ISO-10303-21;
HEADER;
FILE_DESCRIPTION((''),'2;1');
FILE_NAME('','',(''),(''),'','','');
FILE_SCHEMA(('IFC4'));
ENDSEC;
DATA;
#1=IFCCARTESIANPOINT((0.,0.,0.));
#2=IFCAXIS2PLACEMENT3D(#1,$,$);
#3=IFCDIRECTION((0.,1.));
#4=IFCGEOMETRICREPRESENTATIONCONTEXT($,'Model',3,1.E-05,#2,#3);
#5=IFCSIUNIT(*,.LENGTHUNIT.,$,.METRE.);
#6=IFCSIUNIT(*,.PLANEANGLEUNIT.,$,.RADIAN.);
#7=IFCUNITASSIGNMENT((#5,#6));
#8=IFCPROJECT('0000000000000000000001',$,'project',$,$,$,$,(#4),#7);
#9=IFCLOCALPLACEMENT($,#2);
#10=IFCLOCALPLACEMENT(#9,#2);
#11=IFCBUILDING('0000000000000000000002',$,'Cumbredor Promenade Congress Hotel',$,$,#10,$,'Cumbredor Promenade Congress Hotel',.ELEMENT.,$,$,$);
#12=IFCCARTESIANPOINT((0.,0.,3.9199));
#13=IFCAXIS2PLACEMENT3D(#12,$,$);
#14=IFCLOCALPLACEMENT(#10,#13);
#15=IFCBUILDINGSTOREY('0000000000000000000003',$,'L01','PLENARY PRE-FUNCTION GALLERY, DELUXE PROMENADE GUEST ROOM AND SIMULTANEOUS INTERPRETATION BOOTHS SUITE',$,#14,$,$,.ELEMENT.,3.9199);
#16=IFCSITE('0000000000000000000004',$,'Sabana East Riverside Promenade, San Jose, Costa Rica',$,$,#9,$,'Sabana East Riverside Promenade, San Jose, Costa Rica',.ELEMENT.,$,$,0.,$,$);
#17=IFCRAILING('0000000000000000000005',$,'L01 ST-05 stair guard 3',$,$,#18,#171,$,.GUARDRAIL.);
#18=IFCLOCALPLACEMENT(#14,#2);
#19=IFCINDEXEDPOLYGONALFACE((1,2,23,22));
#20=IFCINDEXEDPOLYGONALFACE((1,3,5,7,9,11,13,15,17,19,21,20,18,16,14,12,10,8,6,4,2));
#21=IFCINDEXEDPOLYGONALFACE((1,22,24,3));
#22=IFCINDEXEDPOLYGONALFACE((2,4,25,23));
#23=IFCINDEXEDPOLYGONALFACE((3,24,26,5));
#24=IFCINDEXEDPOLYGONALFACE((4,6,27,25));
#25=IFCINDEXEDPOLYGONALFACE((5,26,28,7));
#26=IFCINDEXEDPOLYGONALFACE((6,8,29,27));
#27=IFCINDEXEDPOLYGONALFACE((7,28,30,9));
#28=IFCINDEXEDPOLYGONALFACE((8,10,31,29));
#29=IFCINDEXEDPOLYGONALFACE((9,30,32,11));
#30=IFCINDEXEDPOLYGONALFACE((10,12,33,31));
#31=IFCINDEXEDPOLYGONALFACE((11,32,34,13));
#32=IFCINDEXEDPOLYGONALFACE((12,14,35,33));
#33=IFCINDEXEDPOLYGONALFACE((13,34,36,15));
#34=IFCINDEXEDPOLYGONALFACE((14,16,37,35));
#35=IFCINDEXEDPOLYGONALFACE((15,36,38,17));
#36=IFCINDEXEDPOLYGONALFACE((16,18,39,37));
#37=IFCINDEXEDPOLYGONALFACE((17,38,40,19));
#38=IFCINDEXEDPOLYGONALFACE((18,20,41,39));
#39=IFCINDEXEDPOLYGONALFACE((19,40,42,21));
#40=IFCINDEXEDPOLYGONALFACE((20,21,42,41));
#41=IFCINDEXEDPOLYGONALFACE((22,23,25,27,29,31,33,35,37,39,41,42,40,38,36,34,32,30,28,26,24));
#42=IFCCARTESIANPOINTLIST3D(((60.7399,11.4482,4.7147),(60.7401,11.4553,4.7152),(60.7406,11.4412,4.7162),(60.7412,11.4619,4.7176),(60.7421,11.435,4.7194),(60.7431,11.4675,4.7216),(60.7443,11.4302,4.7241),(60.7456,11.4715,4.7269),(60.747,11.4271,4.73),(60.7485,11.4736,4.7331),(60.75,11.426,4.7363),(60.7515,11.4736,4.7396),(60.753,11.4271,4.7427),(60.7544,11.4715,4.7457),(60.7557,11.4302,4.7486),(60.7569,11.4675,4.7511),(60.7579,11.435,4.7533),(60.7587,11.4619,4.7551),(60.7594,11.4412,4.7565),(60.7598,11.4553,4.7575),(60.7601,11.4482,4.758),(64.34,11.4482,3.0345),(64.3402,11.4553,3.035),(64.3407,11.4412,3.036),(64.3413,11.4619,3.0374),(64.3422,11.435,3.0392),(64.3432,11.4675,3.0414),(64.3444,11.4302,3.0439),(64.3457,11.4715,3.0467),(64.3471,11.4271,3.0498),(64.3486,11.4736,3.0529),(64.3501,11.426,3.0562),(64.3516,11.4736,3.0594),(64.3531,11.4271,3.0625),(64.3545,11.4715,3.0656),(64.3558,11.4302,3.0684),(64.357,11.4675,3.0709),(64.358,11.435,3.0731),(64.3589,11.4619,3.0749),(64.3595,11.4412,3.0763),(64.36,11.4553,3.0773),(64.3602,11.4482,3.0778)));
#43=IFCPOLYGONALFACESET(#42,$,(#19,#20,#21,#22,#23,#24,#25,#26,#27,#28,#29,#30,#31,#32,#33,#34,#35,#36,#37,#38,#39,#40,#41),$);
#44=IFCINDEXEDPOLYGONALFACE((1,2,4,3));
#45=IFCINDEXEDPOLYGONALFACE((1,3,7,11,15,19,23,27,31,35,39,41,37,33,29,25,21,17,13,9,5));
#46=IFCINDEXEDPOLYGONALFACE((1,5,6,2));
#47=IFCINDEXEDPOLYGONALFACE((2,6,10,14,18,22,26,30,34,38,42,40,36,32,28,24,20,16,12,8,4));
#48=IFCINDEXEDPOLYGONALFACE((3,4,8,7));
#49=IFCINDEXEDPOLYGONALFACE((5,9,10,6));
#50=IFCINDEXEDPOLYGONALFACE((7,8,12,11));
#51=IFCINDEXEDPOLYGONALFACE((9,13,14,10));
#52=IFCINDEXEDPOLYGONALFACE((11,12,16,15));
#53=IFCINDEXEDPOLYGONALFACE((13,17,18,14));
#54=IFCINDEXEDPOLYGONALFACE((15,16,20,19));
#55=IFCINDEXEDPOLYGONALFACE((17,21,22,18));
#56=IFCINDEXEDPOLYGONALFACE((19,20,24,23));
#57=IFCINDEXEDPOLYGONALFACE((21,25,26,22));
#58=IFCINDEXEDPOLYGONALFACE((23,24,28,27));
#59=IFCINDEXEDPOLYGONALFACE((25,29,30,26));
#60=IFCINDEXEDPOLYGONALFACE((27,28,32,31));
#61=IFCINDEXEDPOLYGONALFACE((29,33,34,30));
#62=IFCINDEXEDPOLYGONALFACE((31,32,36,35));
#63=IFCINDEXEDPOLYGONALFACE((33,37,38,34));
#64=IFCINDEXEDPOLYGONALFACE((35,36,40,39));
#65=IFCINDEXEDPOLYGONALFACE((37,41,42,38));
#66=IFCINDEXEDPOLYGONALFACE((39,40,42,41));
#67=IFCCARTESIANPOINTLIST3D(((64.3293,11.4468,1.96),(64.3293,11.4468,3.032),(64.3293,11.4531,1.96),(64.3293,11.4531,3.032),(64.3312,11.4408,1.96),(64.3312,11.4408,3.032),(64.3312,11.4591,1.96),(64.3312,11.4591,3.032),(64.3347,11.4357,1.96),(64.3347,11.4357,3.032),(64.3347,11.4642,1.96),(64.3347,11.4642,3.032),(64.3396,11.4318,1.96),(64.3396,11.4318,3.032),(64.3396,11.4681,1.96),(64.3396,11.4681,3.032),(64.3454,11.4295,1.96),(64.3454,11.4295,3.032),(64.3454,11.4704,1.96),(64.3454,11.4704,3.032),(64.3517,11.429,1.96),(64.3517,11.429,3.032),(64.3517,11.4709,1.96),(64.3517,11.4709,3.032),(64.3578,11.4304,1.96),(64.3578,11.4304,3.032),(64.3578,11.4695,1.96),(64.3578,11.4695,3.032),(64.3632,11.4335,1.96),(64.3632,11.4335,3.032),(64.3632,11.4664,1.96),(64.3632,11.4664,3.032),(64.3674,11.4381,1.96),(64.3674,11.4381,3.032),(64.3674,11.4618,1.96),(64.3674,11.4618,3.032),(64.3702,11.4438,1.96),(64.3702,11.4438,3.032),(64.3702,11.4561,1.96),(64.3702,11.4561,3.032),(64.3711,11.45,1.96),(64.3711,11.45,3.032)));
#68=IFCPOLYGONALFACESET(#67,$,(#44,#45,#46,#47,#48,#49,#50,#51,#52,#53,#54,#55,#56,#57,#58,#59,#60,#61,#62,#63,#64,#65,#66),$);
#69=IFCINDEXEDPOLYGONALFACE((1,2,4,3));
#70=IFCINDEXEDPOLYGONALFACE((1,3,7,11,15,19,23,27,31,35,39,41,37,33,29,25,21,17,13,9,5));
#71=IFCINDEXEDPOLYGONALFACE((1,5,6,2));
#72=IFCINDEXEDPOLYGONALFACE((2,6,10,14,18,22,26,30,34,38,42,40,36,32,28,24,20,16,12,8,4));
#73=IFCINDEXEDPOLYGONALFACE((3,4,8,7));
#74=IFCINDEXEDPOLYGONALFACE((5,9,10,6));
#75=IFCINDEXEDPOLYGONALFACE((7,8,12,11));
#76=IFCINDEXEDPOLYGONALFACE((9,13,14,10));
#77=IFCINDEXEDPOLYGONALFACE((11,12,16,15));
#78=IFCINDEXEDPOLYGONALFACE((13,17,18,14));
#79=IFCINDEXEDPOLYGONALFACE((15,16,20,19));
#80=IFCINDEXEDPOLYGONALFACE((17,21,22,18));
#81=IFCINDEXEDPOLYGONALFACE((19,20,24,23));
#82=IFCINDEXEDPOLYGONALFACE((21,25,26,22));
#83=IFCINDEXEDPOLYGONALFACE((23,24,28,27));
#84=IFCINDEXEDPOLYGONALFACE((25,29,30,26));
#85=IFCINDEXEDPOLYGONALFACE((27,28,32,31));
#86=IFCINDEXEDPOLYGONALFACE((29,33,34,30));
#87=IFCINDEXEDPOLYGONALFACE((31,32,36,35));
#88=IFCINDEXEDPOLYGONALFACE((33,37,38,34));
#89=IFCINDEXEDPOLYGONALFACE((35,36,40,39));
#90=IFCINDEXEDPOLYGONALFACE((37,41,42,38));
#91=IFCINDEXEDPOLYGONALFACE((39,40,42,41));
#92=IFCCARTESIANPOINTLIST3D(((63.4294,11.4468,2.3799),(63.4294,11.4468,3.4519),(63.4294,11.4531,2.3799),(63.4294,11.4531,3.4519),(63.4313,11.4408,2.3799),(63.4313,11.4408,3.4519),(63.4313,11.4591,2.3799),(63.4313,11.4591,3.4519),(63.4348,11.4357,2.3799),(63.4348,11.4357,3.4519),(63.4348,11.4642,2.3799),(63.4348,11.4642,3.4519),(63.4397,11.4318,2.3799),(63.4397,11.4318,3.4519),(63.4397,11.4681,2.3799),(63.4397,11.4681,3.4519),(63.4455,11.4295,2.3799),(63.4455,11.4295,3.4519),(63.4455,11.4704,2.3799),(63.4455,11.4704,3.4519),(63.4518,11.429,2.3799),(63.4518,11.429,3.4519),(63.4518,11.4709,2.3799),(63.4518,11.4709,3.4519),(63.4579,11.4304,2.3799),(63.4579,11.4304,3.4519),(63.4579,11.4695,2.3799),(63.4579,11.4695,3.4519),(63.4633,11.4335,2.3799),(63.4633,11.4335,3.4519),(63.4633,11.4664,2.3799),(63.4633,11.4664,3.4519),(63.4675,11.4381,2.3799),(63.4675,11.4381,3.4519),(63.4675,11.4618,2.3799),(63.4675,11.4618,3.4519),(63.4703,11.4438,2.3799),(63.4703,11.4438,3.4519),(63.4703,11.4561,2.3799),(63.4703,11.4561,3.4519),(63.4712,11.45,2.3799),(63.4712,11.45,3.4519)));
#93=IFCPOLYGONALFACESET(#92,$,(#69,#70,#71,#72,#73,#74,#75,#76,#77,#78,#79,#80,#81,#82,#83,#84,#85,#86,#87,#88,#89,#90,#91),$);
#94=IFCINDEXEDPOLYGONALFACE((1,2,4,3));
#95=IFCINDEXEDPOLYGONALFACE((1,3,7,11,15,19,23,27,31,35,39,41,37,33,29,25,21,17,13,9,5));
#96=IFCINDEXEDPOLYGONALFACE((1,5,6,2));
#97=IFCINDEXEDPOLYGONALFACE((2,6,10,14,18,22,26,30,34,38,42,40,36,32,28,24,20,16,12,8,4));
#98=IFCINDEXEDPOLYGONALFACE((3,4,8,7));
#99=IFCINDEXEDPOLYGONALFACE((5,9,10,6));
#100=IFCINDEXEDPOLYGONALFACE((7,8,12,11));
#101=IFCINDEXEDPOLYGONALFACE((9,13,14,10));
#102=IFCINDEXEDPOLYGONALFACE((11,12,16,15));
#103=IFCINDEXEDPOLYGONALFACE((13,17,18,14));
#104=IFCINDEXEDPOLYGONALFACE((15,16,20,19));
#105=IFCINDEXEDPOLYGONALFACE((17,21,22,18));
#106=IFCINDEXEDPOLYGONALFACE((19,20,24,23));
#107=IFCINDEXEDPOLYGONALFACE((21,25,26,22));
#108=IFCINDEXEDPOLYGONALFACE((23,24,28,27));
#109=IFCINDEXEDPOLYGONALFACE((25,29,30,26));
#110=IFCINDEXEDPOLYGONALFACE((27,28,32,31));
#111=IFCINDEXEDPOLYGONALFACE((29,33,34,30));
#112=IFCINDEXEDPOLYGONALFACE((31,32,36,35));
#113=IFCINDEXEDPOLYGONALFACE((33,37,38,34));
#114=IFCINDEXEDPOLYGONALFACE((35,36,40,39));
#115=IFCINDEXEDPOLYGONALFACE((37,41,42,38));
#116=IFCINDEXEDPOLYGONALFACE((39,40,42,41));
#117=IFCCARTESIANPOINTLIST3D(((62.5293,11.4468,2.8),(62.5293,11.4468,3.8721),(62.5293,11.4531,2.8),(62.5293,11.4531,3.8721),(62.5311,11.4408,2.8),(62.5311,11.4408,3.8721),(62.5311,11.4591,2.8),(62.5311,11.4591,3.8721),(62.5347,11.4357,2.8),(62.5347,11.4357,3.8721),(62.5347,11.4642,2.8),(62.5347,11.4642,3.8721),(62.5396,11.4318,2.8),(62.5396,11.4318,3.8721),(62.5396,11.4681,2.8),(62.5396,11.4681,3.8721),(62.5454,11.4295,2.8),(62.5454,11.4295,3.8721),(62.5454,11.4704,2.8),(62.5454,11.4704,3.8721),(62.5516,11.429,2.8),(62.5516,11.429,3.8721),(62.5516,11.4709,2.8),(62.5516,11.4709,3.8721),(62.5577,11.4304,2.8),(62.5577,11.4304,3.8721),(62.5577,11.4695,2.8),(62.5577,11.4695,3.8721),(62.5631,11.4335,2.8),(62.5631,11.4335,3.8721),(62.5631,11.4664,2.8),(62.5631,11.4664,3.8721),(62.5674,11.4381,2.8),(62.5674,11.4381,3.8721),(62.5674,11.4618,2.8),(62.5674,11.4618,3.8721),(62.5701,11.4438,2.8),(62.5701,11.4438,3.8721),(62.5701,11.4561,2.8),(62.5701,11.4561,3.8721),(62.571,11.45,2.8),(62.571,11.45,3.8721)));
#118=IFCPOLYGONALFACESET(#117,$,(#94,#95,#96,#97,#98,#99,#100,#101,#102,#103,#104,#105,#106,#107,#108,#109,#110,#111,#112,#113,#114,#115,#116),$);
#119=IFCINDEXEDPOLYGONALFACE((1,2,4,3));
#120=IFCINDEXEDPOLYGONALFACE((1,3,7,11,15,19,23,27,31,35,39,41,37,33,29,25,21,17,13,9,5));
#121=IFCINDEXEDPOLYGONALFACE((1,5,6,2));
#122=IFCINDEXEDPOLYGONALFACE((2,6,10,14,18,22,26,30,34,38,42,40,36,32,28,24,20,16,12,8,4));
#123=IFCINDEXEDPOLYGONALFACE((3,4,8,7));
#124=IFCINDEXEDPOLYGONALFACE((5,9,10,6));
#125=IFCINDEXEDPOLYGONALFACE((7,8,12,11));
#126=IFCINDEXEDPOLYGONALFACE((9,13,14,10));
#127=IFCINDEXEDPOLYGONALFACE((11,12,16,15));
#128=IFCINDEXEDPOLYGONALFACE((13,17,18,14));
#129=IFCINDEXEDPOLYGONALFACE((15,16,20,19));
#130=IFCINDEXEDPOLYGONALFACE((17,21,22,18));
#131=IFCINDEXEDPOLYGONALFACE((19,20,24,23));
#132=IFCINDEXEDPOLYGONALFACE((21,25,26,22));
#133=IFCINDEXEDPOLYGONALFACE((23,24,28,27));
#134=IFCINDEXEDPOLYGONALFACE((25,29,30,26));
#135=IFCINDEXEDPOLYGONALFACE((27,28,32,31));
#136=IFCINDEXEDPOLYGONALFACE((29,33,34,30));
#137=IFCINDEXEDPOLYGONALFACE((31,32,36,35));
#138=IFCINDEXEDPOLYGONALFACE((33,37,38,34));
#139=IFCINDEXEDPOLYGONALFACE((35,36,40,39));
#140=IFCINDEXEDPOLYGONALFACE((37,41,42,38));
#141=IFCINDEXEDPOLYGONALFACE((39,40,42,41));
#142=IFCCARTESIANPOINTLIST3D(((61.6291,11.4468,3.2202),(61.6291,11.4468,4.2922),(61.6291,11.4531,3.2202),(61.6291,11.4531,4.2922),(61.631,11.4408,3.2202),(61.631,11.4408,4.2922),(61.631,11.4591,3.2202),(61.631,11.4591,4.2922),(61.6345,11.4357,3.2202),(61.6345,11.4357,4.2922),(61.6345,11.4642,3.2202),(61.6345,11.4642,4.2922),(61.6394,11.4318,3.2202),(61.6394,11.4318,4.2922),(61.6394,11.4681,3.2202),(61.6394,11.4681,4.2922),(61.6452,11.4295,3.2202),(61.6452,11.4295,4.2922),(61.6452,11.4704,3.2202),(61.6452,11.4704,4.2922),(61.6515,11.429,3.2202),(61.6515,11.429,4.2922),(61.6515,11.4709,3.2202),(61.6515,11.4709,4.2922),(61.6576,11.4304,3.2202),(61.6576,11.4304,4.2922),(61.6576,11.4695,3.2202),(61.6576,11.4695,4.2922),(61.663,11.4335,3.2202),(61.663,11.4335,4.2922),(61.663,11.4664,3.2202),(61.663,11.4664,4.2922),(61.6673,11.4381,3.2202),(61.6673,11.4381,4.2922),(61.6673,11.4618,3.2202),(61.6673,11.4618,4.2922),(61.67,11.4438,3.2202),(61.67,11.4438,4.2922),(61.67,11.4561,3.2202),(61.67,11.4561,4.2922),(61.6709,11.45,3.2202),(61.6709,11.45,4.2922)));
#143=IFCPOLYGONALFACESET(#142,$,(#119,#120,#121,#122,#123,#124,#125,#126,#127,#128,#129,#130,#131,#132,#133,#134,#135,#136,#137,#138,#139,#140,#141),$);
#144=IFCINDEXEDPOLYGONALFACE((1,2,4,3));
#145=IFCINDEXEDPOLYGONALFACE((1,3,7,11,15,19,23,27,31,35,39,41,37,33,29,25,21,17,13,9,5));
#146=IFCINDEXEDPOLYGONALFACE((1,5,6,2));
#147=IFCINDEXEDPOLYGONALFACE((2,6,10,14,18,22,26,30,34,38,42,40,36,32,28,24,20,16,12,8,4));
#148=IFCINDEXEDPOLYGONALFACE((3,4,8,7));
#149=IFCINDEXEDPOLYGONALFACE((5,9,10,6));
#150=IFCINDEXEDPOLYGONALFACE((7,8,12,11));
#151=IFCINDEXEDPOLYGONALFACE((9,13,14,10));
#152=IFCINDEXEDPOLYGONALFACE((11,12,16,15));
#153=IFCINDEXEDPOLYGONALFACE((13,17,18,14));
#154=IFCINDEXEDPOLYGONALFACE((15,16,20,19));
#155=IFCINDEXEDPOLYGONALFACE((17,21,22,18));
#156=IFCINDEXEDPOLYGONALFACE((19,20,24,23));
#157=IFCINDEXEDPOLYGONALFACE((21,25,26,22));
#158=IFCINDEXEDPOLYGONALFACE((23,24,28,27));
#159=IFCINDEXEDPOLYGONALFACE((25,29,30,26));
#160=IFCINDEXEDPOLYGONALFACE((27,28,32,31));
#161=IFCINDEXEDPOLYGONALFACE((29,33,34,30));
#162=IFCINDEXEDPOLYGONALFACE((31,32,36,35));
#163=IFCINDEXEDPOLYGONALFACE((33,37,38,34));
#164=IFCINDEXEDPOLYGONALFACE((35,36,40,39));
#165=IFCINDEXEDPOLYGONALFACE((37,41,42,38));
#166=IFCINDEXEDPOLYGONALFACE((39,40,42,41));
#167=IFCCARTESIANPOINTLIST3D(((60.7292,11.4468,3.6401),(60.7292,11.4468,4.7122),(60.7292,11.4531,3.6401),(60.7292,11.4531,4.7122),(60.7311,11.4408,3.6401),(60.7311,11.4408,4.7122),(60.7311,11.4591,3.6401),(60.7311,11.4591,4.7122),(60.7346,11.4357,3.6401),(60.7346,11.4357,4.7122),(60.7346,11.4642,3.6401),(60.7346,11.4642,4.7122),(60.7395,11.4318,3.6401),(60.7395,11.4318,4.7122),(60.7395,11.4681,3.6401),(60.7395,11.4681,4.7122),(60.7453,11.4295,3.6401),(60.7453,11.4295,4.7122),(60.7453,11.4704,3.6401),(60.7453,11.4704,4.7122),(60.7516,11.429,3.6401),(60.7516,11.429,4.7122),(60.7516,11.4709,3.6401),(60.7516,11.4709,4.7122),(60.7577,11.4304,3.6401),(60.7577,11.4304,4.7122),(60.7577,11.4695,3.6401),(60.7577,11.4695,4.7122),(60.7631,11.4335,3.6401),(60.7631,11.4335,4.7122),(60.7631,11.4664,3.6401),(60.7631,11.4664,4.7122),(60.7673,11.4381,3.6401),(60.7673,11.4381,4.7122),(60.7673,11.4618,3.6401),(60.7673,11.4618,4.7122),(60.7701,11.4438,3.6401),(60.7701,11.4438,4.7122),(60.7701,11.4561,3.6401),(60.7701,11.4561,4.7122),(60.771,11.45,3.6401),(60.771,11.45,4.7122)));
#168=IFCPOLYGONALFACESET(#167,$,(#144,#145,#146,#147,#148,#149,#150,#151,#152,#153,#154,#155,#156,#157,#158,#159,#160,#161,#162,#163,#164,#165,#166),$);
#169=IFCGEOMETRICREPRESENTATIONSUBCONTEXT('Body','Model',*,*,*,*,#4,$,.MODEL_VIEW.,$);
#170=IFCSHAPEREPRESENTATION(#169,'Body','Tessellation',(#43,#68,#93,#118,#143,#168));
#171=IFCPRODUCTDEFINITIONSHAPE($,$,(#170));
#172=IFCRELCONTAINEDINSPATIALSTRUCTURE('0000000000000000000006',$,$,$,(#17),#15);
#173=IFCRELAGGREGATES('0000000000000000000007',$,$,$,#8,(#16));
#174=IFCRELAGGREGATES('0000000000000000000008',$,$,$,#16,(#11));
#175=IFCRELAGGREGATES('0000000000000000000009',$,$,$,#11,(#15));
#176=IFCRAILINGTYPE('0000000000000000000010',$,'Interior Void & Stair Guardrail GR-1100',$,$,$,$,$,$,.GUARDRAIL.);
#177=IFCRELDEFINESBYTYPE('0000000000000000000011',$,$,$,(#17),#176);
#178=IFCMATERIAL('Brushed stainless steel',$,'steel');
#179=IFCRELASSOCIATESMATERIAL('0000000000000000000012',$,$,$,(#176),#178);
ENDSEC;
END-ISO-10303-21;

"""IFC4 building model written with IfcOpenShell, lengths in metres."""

from ifc_helpers import new_model, si_unit, direction, frame, origin, origin_2d, place, context, subcontext, project, spatial, circle, extrude, material, type_object, element, save


model = new_model("IFC4")

# Units and contexts
model_context = context("Model", 3, precision=1e-05, world=origin(), true_north=direction((0.0, 1.0)))
body_context = subcontext(model_context, "Body", "Model", "MODEL_VIEW")
ifc_project = project(units=[si_unit("LENGTHUNIT", "METRE"), si_unit("PLANEANGLEUNIT", "RADIAN")], contexts=[model_context])

# Site, building, storey
site_placement = place(None, origin())
site = spatial("IfcSite", under=ifc_project, at=site_placement, Name="Sabana East Riverside Promenade, San Jose, Costa Rica", LongName="Sabana East Riverside Promenade, San Jose, Costa Rica", CompositionType="ELEMENT", RefElevation=0.0)
building_placement = place(site_placement, origin())
building = spatial("IfcBuilding", under=site, at=building_placement, Name="Cumbredor Promenade Congress Hotel", LongName="Cumbredor Promenade Congress Hotel", CompositionType="ELEMENT")
storey_placement = place(building_placement, frame((0.0, 0.0, 3.9199)))
storey = spatial("IfcBuildingStorey", under=building, at=storey_placement, Name="L01", Description="PLENARY PRE-FUNCTION GALLERY, DELUXE PROMENADE GUEST ROOM AND SIMULTANEOUS INTERPRETATION BOOTHS SUITE", CompositionType="ELEMENT", Elevation=3.9199)

# Railing
ifc_material_1 = material(Name="Brushed stainless steel", Category="steel")
railing_type_1 = type_object("IfcRailingType", Name="Interior Void & Stair Guardrail GR-1100", PredefinedType="GUARDRAIL", material=ifc_material_1)
railing_1_placement = place(storey_placement, frame((64.3501, 11.45, 1.96)))
element("IfcRailing", 1, at=railing_1_placement, inside=storey, type_object=railing_type_1, Name="L01 ST-05 stair guard 3", PredefinedType="GUARDRAIL", context=body_context, shape_type="SweptSolid", body=[
    extrude(circle(Radius=0.0239, at=origin_2d()), frame((0.0, 0.0, 1.0962), z_axis=(-0.906171, 0.0, 0.422912), x_axis=(0.0, -1.0, 0.0)), (0.0, 0.0, 1.0), 3.9729),
    extrude(circle(Radius=0.021, at=origin_2d()), origin(), (0.0, 0.0, 1.0), 1.072),
    extrude(circle(Radius=0.021, at=origin_2d()), frame((-0.8999, 0.0, 0.4199)), (0.0, 0.0, 1.0), 1.072),
    extrude(circle(Radius=0.021, at=origin_2d()), frame((-1.8, 0.0, 0.8401)), (0.0, 0.0, 1.0), 1.072),
    extrude(circle(Radius=0.021, at=origin_2d()), frame((-2.7002, 0.0, 1.2603)), (0.0, 0.0, 1.0), 1.072),
    extrude(circle(Radius=0.021, at=origin_2d()), frame((-3.6001, 0.0, 1.6802)), (0.0, 0.0, 1.0), 1.072),
])

save(model, "model.ifc")
